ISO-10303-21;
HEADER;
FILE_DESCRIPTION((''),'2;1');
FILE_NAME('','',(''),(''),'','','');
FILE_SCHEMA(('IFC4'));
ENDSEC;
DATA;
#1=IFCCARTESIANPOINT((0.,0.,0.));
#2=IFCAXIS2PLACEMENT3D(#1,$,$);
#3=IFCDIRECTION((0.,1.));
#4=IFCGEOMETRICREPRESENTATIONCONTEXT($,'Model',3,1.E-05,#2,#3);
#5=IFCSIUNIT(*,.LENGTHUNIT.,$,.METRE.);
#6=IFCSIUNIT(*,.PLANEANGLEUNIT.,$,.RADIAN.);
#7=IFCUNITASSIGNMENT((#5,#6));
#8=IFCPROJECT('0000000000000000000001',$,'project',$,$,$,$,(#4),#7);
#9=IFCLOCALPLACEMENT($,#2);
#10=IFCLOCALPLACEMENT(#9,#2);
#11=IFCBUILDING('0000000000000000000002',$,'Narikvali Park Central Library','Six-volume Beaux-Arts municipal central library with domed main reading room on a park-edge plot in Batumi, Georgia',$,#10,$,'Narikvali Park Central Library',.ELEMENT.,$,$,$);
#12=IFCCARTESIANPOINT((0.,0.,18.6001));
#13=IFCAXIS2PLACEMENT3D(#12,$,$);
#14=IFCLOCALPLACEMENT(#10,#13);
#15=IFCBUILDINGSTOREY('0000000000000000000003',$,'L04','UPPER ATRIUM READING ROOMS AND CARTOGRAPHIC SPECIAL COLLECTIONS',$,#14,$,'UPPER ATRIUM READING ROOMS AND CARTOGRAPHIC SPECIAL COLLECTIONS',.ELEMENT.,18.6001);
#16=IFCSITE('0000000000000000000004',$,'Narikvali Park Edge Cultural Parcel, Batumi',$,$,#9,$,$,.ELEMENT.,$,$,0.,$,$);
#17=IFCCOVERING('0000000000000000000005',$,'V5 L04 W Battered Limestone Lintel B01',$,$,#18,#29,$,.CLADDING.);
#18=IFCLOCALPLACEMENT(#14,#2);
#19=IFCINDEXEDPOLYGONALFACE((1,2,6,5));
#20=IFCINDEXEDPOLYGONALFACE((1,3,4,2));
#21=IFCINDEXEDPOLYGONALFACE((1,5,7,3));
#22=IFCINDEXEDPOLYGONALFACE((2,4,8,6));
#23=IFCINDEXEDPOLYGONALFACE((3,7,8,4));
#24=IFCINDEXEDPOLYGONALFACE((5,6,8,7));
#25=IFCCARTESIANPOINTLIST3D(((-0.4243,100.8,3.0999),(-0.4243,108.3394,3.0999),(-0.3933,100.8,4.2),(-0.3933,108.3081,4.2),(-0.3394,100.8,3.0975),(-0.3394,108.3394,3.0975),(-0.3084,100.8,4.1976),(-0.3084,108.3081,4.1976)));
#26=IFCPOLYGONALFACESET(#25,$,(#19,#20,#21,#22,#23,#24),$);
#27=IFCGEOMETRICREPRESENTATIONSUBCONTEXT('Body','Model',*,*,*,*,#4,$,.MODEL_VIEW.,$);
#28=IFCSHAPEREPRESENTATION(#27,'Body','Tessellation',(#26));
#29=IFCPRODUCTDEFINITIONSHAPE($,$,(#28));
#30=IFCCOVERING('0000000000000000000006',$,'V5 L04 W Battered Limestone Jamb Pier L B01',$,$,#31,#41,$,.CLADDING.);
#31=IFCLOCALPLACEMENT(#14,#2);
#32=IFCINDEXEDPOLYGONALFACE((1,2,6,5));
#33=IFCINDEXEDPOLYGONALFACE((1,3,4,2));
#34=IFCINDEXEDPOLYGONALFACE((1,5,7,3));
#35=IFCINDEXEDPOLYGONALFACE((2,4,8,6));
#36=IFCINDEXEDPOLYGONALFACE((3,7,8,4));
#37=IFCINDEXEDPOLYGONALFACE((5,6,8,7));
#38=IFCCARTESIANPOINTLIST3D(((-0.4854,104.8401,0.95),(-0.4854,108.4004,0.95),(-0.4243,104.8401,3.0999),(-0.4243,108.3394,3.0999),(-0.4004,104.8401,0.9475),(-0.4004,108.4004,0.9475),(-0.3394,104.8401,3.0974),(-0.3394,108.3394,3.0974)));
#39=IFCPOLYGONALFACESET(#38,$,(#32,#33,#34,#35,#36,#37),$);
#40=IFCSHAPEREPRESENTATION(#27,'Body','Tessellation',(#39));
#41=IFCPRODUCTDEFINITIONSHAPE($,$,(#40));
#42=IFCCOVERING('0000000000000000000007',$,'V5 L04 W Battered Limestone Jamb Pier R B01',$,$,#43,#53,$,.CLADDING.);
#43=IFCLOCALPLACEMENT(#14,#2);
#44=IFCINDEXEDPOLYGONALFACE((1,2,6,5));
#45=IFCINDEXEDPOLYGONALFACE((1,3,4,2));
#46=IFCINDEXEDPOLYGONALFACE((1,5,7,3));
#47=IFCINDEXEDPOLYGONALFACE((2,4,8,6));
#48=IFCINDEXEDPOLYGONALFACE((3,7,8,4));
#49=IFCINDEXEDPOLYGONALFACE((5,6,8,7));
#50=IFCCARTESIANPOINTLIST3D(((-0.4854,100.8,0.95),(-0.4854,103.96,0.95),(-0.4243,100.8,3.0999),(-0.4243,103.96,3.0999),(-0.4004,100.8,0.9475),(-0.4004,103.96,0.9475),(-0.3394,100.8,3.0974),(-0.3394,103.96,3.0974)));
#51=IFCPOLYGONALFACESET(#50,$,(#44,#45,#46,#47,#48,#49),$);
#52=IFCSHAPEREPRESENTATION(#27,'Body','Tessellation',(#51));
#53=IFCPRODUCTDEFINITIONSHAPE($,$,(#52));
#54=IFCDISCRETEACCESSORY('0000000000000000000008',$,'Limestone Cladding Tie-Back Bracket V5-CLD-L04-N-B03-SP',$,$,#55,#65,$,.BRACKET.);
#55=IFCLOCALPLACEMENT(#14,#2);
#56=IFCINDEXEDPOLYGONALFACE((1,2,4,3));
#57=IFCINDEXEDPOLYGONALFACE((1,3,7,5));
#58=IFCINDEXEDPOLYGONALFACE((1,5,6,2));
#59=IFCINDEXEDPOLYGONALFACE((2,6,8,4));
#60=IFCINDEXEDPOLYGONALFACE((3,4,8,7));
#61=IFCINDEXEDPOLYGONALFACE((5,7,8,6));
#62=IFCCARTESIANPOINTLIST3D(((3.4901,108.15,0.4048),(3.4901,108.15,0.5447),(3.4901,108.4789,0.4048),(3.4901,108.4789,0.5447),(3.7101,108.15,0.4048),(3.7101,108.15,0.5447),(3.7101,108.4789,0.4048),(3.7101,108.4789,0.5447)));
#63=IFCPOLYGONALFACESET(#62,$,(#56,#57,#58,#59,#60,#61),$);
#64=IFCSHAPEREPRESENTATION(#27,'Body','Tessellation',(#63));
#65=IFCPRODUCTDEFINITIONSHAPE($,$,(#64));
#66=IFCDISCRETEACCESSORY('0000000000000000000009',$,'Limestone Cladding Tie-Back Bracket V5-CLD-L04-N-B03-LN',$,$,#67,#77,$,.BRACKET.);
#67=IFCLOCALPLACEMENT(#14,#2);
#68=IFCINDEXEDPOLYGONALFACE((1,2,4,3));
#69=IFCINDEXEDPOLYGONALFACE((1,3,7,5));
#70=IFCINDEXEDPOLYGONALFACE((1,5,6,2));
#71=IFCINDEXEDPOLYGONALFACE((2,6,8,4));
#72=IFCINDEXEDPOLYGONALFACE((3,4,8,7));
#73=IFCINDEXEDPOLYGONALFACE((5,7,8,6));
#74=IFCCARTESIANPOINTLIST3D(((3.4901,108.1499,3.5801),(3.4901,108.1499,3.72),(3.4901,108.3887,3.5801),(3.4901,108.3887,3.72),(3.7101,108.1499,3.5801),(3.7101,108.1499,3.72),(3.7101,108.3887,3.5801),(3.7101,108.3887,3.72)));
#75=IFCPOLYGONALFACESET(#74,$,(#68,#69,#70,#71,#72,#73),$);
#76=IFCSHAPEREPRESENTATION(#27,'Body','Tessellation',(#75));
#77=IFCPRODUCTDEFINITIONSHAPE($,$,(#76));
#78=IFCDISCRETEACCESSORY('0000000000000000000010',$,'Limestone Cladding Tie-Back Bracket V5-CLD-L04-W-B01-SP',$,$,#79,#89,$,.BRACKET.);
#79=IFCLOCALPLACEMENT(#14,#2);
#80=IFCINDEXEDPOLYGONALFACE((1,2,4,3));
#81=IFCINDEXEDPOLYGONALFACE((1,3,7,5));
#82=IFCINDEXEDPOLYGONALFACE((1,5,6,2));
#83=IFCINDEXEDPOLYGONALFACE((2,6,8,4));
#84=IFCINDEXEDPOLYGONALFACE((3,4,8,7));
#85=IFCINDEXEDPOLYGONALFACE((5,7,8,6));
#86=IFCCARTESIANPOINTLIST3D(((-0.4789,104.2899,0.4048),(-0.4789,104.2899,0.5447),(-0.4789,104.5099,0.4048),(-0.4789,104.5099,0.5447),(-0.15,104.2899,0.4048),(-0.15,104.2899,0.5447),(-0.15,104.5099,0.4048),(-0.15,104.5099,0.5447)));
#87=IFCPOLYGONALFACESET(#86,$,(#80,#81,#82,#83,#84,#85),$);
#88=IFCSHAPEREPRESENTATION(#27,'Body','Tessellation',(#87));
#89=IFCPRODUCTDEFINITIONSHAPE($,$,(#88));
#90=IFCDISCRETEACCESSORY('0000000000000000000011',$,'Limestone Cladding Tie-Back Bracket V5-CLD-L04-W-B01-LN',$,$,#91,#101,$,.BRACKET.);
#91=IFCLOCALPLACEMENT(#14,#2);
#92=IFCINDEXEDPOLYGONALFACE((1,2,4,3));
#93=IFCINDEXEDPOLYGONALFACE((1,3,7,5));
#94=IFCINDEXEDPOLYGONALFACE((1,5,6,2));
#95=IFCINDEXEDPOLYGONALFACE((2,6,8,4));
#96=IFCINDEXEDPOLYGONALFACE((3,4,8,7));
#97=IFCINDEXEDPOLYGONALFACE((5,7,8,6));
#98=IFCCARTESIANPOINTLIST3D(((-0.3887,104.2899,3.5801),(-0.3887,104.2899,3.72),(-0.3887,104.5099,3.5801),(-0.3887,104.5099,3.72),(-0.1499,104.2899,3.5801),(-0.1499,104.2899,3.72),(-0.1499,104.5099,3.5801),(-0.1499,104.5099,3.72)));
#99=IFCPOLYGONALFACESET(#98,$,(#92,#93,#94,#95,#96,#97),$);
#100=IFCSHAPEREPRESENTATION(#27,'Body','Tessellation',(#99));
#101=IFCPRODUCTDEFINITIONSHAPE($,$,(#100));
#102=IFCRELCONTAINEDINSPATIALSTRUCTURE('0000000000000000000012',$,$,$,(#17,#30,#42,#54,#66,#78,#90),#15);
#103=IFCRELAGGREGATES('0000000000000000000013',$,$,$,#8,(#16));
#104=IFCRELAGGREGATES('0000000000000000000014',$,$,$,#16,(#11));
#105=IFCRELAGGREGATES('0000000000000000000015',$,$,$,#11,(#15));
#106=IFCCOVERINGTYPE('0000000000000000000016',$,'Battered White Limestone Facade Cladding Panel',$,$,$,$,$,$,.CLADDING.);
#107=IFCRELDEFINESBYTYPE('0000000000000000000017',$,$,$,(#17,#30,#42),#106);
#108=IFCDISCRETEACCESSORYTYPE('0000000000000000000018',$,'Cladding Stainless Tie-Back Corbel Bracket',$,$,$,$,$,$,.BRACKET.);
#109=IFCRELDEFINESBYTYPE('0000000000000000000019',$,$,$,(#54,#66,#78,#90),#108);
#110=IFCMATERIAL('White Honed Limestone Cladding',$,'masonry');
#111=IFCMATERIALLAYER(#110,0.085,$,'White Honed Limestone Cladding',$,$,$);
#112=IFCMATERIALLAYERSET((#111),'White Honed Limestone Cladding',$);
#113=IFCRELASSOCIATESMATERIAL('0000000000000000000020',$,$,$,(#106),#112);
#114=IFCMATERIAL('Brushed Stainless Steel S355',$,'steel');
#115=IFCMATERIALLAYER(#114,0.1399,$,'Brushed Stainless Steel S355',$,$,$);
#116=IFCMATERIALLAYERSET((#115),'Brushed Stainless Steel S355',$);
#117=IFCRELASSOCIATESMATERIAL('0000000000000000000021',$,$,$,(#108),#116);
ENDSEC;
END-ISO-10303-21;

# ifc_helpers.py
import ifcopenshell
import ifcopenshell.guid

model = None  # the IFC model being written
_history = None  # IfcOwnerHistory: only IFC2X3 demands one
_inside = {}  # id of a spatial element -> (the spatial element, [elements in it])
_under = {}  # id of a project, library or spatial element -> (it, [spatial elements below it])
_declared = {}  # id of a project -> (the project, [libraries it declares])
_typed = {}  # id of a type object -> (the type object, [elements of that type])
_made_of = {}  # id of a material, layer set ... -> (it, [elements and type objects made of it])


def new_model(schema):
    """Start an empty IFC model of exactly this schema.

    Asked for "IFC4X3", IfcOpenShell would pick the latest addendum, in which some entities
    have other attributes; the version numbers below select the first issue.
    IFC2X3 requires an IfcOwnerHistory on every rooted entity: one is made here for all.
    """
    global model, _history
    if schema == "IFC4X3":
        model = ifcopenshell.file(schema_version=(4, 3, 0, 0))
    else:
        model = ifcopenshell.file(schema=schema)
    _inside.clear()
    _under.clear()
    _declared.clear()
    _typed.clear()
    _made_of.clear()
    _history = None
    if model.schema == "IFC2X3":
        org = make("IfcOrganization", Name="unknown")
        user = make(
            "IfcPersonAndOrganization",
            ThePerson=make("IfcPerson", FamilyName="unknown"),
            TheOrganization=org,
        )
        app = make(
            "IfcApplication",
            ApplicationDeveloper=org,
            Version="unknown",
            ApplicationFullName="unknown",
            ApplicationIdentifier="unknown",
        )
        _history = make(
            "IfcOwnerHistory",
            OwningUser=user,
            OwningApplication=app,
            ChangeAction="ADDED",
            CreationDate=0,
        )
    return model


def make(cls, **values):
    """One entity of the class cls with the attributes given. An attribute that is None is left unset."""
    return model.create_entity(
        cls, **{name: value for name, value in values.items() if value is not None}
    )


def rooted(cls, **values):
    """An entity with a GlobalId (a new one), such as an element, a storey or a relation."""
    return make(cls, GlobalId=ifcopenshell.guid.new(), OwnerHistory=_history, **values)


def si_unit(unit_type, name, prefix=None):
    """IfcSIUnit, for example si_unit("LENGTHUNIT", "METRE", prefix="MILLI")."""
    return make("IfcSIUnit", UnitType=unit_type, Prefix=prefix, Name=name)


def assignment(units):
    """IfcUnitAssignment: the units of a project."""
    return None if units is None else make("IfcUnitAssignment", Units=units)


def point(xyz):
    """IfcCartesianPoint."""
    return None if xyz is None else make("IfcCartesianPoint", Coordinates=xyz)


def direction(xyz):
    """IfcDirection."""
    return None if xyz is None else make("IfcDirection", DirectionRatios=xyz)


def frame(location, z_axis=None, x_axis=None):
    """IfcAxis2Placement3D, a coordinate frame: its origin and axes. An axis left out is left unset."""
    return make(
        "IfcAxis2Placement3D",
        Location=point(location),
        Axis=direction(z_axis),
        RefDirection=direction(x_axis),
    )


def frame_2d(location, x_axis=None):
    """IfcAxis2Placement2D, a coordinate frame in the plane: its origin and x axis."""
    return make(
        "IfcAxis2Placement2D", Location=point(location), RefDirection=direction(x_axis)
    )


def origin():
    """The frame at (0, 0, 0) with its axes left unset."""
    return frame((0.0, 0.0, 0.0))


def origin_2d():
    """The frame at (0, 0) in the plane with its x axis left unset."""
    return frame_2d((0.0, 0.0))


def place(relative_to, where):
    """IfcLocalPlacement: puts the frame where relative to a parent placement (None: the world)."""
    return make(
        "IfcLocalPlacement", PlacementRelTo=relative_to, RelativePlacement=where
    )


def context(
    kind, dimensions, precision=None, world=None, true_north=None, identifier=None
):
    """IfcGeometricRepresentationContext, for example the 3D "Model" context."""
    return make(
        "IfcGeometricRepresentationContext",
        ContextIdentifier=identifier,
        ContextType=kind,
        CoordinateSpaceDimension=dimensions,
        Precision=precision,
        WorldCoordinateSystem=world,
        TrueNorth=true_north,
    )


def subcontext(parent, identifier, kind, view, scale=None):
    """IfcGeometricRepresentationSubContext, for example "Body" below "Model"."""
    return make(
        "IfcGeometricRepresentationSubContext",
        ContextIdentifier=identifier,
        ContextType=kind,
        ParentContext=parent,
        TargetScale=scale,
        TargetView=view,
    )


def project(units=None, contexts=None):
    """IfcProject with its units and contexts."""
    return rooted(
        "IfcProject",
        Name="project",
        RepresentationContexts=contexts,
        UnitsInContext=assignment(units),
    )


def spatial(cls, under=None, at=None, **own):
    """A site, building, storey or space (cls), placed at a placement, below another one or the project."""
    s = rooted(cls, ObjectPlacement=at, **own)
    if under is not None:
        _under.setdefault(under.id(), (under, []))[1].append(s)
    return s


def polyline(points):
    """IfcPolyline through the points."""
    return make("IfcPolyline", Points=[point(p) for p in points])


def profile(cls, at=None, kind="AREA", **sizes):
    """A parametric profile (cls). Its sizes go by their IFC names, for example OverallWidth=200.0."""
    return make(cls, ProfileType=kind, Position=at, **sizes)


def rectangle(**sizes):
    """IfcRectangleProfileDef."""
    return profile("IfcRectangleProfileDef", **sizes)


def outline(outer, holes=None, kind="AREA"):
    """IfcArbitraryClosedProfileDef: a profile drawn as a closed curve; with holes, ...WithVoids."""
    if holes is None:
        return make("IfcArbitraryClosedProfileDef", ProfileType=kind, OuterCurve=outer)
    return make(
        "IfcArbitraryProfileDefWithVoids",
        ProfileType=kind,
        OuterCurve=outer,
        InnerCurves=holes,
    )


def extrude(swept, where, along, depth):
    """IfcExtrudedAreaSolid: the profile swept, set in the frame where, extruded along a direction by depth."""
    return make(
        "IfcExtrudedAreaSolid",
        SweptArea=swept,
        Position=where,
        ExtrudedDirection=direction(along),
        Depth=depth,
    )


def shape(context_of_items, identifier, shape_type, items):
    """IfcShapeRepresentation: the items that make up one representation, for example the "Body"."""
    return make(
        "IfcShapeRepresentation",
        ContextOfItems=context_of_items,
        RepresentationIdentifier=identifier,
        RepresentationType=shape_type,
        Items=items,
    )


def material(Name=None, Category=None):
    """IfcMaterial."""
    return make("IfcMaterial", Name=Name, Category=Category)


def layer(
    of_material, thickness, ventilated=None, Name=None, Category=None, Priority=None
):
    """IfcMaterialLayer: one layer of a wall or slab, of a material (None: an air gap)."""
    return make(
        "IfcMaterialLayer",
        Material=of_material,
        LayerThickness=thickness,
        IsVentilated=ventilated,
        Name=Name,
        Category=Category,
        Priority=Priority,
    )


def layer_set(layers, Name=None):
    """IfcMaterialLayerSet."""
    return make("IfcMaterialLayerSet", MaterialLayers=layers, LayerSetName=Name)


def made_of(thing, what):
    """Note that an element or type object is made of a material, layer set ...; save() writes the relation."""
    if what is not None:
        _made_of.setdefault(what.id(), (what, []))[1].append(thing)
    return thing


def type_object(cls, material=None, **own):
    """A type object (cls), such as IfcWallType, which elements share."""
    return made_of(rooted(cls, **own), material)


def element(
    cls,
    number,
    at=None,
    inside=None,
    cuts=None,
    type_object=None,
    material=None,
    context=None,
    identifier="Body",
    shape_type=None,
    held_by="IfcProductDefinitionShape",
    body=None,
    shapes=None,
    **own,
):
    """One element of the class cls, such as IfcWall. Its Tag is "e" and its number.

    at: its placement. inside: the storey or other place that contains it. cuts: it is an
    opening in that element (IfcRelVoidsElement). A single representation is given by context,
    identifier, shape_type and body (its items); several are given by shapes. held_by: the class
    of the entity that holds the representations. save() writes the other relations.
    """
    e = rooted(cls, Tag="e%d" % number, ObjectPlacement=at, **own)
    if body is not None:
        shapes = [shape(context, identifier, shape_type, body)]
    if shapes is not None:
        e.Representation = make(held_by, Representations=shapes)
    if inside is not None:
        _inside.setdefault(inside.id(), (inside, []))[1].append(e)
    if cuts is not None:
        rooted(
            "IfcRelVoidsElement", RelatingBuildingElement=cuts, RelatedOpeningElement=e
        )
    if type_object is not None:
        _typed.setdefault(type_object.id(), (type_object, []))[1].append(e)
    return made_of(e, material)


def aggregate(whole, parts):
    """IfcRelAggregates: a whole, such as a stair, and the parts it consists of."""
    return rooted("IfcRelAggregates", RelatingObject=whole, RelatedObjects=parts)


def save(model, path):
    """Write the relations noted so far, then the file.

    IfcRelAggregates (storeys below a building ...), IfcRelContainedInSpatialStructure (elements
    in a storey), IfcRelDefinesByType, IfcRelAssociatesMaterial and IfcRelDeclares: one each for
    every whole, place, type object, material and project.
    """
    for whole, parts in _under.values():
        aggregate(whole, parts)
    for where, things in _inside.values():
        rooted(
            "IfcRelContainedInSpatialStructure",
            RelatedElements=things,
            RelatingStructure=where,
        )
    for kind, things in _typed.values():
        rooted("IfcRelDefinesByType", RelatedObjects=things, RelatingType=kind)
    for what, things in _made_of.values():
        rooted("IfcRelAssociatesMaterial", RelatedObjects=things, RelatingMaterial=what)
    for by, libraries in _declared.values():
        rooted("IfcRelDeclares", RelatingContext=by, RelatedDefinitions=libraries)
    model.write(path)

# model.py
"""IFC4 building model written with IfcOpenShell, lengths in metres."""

from ifc_helpers import new_model, si_unit, direction, frame, origin, origin_2d, place, context, subcontext, project, spatial, polyline, rectangle, outline, extrude, material, layer, layer_set, type_object, element, save


model = new_model("IFC4")

# Units and contexts
model_context = context("Model", 3, precision=1e-05, world=origin(), true_north=direction((0.0, 1.0)))
body_context = subcontext(model_context, "Body", "Model", "MODEL_VIEW")
ifc_project = project(units=[si_unit("LENGTHUNIT", "METRE"), si_unit("PLANEANGLEUNIT", "RADIAN")], contexts=[model_context])

# Site, building, storey
site_placement = place(None, origin())
site = spatial("IfcSite", under=ifc_project, at=site_placement, Name="Narikvali Park Edge Cultural Parcel, Batumi", CompositionType="ELEMENT", RefElevation=0.0)
building_placement = place(site_placement, origin())
building = spatial("IfcBuilding", under=site, at=building_placement, Name="Narikvali Park Central Library", Description="Six-volume Beaux-Arts municipal central library with domed main reading room on a park-edge plot in Batumi, Georgia", LongName="Narikvali Park Central Library", CompositionType="ELEMENT")
storey_placement = place(building_placement, frame((0.0, 0.0, 18.6001)))
storey = spatial("IfcBuildingStorey", under=building, at=storey_placement, Name="L04", Description="UPPER ATRIUM READING ROOMS AND CARTOGRAPHIC SPECIAL COLLECTIONS", LongName="UPPER ATRIUM READING ROOMS AND CARTOGRAPHIC SPECIAL COLLECTIONS", CompositionType="ELEMENT", Elevation=18.6001)

# Coverings
ifc_material_1 = material(Name="White Honed Limestone Cladding", Category="masonry")
ifc_layer_1 = layer(ifc_material_1, 0.085, Name="White Honed Limestone Cladding")
ifc_layer_set_1 = layer_set([ifc_layer_1], Name="White Honed Limestone Cladding")
covering_type = type_object("IfcCoveringType", Name="Battered White Limestone Facade Cladding Panel", PredefinedType="CLADDING", material=ifc_layer_set_1)
covering_1_placement = place(storey_placement, frame((-0.4243, 108.3394, 3.0999), z_axis=(-0.999603, 0.0, 0.028173), x_axis=(0.0, -1.0, 0.0)))
element("IfcCovering", 1, at=covering_1_placement, inside=storey, type_object=covering_type, Name="V5 L04 W Battered Limestone Lintel B01", PredefinedType="CLADDING", context=body_context, shape_type="SweptSolid", body=[
    extrude(outline(polyline([(0.0, 0.0), (7.5393, 0.0), (7.5393, 1.1005), (0.0312, 1.1005), (0.0, 0.0)])), origin(), (0.0, 0.0, -1.0), 0.085),
])
covering_2_placement = place(storey_placement, frame((-0.4854, 108.4004, 0.95), z_axis=(-0.999597, 0.0, 0.028378), x_axis=(0.0, -1.0, 0.0)))
element("IfcCovering", 2, at=covering_2_placement, inside=storey, type_object=covering_type, Name="V5 L04 W Battered Limestone Jamb Pier L B01", PredefinedType="CLADDING", context=body_context, shape_type="SweptSolid", body=[
    extrude(outline(polyline([(0.0, 0.0), (3.5603, 0.0), (3.5603, 2.1508), (0.061, 2.1508), (0.0, 0.0)])), origin(), (0.0, 0.0, -1.0), 0.085),
])
covering_3_placement = place(storey_placement, frame((-0.4854, 103.96, 0.95), z_axis=(-0.999597, 0.0, 0.028378), x_axis=(0.0, -1.0, 0.0)))
element("IfcCovering", 3, at=covering_3_placement, inside=storey, type_object=covering_type, Name="V5 L04 W Battered Limestone Jamb Pier R B01", PredefinedType="CLADDING", context=body_context, shape_type="SweptSolid", body=[
    extrude(outline(polyline([(0.0, 0.0), (3.1599, 0.0), (3.1599, 2.1508), (0.0, 2.1508), (0.0, 0.0)])), origin(), (0.0, 0.0, -1.0), 0.085),
])

# Discrete accessories
ifc_material_2 = material(Name="Brushed Stainless Steel S355", Category="steel")
ifc_layer_2 = layer(ifc_material_2, 0.1399, Name="Brushed Stainless Steel S355")
ifc_layer_set_2 = layer_set([ifc_layer_2], Name="Brushed Stainless Steel S355")
discrete_accessory_type = type_object("IfcDiscreteAccessoryType", Name="Cladding Stainless Tie-Back Corbel Bracket", PredefinedType="BRACKET", material=ifc_layer_set_2)
discrete_accessory_1_placement = place(storey_placement, frame((3.6001, 108.3145, 0.4048), z_axis=(0.0, 0.0, 1.0), x_axis=(1.0, 0.0, 0.0)))
element("IfcDiscreteAccessory", 4, at=discrete_accessory_1_placement, inside=storey, type_object=discrete_accessory_type, Name="Limestone Cladding Tie-Back Bracket V5-CLD-L04-N-B03-SP", PredefinedType="BRACKET", context=body_context, shape_type="SweptSolid", body=[
    extrude(rectangle(XDim=0.22, YDim=0.3289, at=origin_2d()), origin(), (0.0, 0.0, 1.0), 0.1399),
])
discrete_accessory_2_placement = place(storey_placement, frame((3.6001, 108.2693, 3.5801), z_axis=(0.0, 0.0, 1.0), x_axis=(1.0, 0.0, 0.0)))
element("IfcDiscreteAccessory", 5, at=discrete_accessory_2_placement, inside=storey, type_object=discrete_accessory_type, Name="Limestone Cladding Tie-Back Bracket V5-CLD-L04-N-B03-LN", PredefinedType="BRACKET", context=body_context, shape_type="SweptSolid", body=[
    extrude(rectangle(XDim=0.22, YDim=0.2388, at=origin_2d()), origin(), (0.0, 0.0, 1.0), 0.1399),
])
discrete_accessory_3_placement = place(storey_placement, frame((-0.3145, 104.3999, 0.4048), z_axis=(0.0, 0.0, 1.0), x_axis=(1.0, 0.0, 0.0)))
element("IfcDiscreteAccessory", 6, at=discrete_accessory_3_placement, inside=storey, type_object=discrete_accessory_type, Name="Limestone Cladding Tie-Back Bracket V5-CLD-L04-W-B01-SP", PredefinedType="BRACKET", context=body_context, shape_type="SweptSolid", body=[
    extrude(rectangle(XDim=0.3289, YDim=0.22, at=origin_2d()), origin(), (0.0, 0.0, 1.0), 0.1399),
])
discrete_accessory_4_placement = place(storey_placement, frame((-0.2693, 104.3999, 3.5801), z_axis=(0.0, 0.0, 1.0), x_axis=(1.0, 0.0, 0.0)))
element("IfcDiscreteAccessory", 7, at=discrete_accessory_4_placement, inside=storey, type_object=discrete_accessory_type, Name="Limestone Cladding Tie-Back Bracket V5-CLD-L04-W-B01-LN", PredefinedType="BRACKET", context=body_context, shape_type="SweptSolid", body=[
    extrude(rectangle(XDim=0.2388, YDim=0.22, at=origin_2d()), origin(), (0.0, 0.0, 1.0), 0.1399),
])

save(model, "model.ifc")
